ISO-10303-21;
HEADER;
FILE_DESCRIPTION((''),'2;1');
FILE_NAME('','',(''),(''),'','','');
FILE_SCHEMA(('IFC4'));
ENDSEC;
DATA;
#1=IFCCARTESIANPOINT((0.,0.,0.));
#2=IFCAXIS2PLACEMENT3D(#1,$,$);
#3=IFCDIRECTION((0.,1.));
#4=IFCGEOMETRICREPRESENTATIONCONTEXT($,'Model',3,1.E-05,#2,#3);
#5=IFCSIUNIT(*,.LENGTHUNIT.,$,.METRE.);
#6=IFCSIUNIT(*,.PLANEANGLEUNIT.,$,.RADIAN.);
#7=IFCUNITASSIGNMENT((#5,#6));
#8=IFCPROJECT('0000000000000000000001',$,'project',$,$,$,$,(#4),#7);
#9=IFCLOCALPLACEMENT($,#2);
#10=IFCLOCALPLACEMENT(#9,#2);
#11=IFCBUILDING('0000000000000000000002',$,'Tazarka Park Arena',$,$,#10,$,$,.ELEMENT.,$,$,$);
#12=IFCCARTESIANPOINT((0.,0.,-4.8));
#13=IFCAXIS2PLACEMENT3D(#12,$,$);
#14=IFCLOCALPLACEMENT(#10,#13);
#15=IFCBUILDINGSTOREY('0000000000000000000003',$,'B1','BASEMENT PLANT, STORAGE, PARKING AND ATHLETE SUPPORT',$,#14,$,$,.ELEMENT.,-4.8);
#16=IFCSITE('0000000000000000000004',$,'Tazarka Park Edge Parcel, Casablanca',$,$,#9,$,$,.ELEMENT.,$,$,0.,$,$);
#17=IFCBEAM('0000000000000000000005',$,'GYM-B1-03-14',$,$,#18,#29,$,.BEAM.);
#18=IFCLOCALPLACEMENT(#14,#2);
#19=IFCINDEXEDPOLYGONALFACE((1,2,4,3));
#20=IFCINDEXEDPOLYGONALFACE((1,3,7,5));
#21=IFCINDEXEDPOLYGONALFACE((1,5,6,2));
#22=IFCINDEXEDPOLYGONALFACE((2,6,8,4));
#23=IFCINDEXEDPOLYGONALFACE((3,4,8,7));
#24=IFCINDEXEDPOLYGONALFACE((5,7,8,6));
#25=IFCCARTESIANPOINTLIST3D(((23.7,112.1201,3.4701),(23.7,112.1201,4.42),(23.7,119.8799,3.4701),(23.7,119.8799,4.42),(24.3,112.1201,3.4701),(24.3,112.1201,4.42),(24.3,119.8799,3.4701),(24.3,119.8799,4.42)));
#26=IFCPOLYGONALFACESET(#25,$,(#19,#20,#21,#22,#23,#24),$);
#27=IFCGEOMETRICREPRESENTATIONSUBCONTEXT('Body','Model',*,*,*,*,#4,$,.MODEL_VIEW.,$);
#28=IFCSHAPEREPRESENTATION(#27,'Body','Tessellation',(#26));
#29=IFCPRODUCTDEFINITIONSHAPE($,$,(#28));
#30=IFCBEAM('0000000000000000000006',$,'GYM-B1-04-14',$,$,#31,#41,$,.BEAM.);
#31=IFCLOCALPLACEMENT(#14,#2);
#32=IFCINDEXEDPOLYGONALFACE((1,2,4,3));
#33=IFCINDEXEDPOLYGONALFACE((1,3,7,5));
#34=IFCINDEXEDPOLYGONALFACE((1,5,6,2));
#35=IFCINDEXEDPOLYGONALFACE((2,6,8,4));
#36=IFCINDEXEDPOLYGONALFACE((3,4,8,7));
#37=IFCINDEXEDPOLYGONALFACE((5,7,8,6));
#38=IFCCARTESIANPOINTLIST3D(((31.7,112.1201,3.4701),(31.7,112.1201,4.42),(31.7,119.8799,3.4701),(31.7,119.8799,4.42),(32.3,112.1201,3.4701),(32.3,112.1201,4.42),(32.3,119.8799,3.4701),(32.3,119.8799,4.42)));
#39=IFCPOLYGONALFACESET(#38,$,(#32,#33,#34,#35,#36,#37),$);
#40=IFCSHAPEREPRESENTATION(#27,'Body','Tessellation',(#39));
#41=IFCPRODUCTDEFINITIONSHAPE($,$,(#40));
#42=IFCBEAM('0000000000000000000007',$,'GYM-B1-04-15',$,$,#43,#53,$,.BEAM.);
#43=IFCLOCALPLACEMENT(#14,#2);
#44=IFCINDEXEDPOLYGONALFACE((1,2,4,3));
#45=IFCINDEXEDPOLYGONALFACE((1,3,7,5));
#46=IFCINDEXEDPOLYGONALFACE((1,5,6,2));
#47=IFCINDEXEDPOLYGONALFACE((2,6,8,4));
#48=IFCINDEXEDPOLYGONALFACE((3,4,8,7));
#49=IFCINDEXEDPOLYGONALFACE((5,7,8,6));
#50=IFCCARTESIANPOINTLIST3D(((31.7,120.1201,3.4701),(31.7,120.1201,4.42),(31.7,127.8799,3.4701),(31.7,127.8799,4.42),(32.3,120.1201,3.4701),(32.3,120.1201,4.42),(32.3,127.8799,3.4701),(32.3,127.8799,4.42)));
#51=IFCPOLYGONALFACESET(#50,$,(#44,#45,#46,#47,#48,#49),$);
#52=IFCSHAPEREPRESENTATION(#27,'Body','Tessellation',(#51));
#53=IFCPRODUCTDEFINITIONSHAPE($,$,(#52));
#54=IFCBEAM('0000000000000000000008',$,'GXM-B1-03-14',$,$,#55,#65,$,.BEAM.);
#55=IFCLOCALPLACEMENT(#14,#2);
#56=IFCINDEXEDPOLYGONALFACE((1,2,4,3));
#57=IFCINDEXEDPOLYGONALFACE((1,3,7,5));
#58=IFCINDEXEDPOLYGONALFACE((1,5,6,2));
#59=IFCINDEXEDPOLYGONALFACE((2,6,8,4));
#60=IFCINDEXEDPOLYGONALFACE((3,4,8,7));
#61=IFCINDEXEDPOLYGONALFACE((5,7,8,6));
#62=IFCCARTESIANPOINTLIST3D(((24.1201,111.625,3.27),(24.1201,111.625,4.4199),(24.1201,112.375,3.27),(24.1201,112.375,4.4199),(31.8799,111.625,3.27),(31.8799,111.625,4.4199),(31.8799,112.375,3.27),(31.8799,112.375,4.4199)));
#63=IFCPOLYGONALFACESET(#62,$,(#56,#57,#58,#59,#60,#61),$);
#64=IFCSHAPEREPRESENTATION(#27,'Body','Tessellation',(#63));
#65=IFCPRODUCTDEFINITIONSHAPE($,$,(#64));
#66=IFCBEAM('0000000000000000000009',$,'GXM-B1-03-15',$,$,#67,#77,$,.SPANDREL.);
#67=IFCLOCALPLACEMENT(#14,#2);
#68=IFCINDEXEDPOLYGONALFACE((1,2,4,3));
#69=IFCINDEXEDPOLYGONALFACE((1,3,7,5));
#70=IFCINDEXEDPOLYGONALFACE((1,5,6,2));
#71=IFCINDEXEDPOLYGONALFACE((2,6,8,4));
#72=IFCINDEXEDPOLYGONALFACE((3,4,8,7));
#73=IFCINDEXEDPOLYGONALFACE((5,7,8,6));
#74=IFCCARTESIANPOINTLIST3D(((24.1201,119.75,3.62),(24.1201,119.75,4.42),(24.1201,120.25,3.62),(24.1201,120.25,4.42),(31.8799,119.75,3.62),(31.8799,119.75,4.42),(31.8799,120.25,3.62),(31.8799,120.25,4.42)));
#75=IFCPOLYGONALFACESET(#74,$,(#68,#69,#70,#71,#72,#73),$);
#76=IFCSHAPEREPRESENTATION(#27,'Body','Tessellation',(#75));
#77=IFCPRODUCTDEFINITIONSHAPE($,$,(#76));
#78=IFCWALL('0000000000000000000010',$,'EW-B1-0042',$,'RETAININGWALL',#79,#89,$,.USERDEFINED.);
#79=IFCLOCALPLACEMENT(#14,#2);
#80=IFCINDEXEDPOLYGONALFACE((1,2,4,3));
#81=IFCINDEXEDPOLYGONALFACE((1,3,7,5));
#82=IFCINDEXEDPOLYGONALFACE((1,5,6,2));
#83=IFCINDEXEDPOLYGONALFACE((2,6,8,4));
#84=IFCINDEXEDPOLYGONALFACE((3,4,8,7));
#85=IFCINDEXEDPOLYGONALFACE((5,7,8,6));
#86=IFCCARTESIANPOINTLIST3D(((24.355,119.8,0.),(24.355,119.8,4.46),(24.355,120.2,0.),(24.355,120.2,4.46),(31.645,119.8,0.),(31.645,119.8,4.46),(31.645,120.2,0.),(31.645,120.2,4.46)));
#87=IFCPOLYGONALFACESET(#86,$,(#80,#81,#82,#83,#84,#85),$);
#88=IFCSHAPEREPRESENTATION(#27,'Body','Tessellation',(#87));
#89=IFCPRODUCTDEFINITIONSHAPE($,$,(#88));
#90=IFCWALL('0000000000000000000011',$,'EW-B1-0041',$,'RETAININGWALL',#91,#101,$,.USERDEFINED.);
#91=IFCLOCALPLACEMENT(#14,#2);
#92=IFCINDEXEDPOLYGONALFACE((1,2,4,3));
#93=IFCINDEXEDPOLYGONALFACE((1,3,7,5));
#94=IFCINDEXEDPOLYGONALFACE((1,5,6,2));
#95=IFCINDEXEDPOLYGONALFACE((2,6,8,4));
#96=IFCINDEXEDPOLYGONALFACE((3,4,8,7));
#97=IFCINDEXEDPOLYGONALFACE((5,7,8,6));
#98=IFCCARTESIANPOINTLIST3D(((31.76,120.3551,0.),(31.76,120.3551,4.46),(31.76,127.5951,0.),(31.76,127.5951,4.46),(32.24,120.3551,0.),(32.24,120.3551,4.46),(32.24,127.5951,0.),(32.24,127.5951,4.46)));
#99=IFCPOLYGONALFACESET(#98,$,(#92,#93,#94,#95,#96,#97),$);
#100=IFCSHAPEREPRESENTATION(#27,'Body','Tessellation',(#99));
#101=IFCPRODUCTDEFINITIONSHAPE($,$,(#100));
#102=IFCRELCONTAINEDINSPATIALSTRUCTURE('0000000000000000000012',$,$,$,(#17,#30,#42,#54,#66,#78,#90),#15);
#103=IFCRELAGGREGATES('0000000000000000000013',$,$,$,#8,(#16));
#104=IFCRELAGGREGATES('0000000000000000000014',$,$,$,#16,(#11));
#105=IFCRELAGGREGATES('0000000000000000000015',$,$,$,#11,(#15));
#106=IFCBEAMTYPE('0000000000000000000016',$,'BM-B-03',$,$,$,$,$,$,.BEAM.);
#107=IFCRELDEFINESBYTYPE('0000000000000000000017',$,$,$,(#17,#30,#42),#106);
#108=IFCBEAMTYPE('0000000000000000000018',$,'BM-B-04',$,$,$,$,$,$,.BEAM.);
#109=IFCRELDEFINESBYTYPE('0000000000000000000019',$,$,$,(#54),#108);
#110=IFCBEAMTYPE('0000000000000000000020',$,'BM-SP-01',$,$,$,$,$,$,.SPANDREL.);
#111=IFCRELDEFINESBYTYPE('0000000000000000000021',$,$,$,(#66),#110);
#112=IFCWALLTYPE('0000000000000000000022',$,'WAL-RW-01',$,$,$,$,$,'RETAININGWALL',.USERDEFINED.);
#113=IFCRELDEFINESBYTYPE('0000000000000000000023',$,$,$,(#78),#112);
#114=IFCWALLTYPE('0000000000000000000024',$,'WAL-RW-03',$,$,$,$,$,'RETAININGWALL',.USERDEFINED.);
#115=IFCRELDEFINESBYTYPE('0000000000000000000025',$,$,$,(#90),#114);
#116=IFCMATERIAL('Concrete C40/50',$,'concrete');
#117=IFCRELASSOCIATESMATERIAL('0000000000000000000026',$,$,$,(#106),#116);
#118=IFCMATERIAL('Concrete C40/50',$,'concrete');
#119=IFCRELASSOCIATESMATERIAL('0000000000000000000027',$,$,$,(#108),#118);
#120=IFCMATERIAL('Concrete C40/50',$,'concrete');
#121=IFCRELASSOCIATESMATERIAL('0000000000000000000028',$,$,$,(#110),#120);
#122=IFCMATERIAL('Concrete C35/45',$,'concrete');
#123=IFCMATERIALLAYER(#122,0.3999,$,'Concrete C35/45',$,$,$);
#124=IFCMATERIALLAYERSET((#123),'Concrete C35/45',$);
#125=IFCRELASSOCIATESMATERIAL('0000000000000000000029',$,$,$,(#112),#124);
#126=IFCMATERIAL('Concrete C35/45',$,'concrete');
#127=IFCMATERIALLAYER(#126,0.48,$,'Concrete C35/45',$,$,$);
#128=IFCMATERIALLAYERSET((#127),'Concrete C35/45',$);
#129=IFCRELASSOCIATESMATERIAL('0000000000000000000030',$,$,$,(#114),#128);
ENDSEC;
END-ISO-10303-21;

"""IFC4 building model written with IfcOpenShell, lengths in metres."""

from ifc_helpers import new_model, si_unit, direction, frame, frame_2d, origin, origin_2d, place, context, subcontext, project, spatial, rectangle, extrude, material, layer, layer_set, material_profile, profile_set, type_object, element, save


model = new_model("IFC4")

# Units and contexts
model_context = context("Model", 3, precision=1e-05, world=origin(), true_north=direction((0.0, 1.0)))
body_context = subcontext(model_context, "Body", "Model", "MODEL_VIEW")
ifc_project = project(units=[si_unit("LENGTHUNIT", "METRE"), si_unit("PLANEANGLEUNIT", "RADIAN")], contexts=[model_context])

# Site, building, storey
site_placement = place(None, origin())
site = spatial("IfcSite", under=ifc_project, at=site_placement, Name="Tazarka Park Edge Parcel, Casablanca", CompositionType="ELEMENT", RefElevation=0.0)
building_placement = place(site_placement, origin())
building = spatial("IfcBuilding", under=site, at=building_placement, Name="Tazarka Park Arena", CompositionType="ELEMENT")
storey_placement = place(building_placement, frame((0.0, 0.0, -4.8)))
storey = spatial("IfcBuildingStorey", under=building, at=storey_placement, Name="B1", Description="BASEMENT PLANT, STORAGE, PARKING AND ATHLETE SUPPORT", CompositionType="ELEMENT", Elevation=-4.8)

# Beams
ifc_material_1 = material(Name="Concrete C40/50", Category="concrete")
ifc_material_profile_1 = material_profile(ifc_material_1, rectangle(XDim=0.6001, YDim=0.95, at=origin_2d()), Name="Concrete C40/50")
ifc_profile_set_1 = profile_set([ifc_material_profile_1], Name="Concrete C40/50")
beam_type_1 = type_object("IfcBeamType", Name="BM-B-03", PredefinedType="BEAM", material=ifc_profile_set_1)
for number, where, z_axis, x_axis, name in (
    (1, (24.0, 112.1201, 3.9451), (0.0, 1.0, 0.0), (-1.0, 0.0, 0.0), "GYM-B1-03-14"),
    (2, (32.0, 112.1201, 3.9451), (0.0, 1.0, 0.0), (-1.0, 0.0, 0.0), "GYM-B1-04-14"),
    (3, (32.0, 120.1201, 3.9451), (0.0, 1.0, 0.0), (-1.0, 0.0, 0.0), "GYM-B1-04-15"),
):
    element("IfcBeam", number, at=place(storey_placement, frame(where, z_axis=z_axis, x_axis=x_axis)), inside=storey, type_object=beam_type_1, Name=name, PredefinedType="BEAM", context=body_context, shape_type="SweptSolid", body=[
        extrude(rectangle(XDim=0.6001, YDim=0.95, at=origin_2d()), origin(), (0.0, 0.0, 1.0), 7.7598),
    ])
ifc_material_2 = material(Name="Concrete C40/50", Category="concrete")
ifc_material_profile_2 = material_profile(ifc_material_2, rectangle(XDim=0.75, YDim=1.1499, at=origin_2d()), Name="Concrete C40/50")
ifc_profile_set_2 = profile_set([ifc_material_profile_2], Name="Concrete C40/50")
beam_type_2 = type_object("IfcBeamType", Name="BM-B-04", PredefinedType="BEAM", material=ifc_profile_set_2)
beam_1_placement = place(storey_placement, frame((24.1201, 112.0, 3.845), z_axis=(1.0, 0.0, 0.0), x_axis=(0.0, 1.0, 0.0)))
element("IfcBeam", 4, at=beam_1_placement, inside=storey, type_object=beam_type_2, Name="GXM-B1-03-14", PredefinedType="BEAM", context=body_context, shape_type="SweptSolid", body=[
    extrude(rectangle(XDim=0.75, YDim=1.1499, at=origin_2d()), origin(), (0.0, 0.0, 1.0), 7.7598),
])
ifc_material_3 = material(Name="Concrete C40/50", Category="concrete")
ifc_material_profile_3 = material_profile(ifc_material_3, rectangle(XDim=0.5, YDim=0.8, at=origin_2d()), Name="Concrete C40/50")
ifc_profile_set_3 = profile_set([ifc_material_profile_3], Name="Concrete C40/50")
beam_type_3 = type_object("IfcBeamType", Name="BM-SP-01", PredefinedType="SPANDREL", material=ifc_profile_set_3)
beam_2_placement = place(storey_placement, frame((24.1201, 120.0, 4.02), z_axis=(1.0, 0.0, 0.0), x_axis=(0.0, 1.0, 0.0)))
element("IfcBeam", 5, at=beam_2_placement, inside=storey, type_object=beam_type_3, Name="GXM-B1-03-15", PredefinedType="SPANDREL", context=body_context, shape_type="SweptSolid", body=[
    extrude(rectangle(XDim=0.5, YDim=0.8, at=origin_2d()), origin(), (0.0, 0.0, 1.0), 7.7598),
])

# Walls
ifc_material_4 = material(Name="Concrete C35/45", Category="concrete")
ifc_layer_1 = layer(ifc_material_4, 0.3999, Name="Concrete C35/45")
ifc_layer_set_1 = layer_set([ifc_layer_1], Name="Concrete C35/45")
wall_type_1 = type_object("IfcWallType", Name="WAL-RW-01", ElementType="RETAININGWALL", PredefinedType="USERDEFINED", material=ifc_layer_set_1)
wall_1_placement = place(storey_placement, frame((24.355, 120.0, 0.0), z_axis=(0.0, 0.0, 1.0), x_axis=(1.0, 0.0, 0.0)))
element("IfcWall", 6, at=wall_1_placement, inside=storey, type_object=wall_type_1, Name="EW-B1-0042", ObjectType="RETAININGWALL", PredefinedType="USERDEFINED", context=body_context, shape_type="SweptSolid", body=[
    extrude(rectangle(XDim=7.29, YDim=0.3999, at=frame_2d((3.645, 0.0))), origin(), (0.0, 0.0, 1.0), 4.46),
])
ifc_material_5 = material(Name="Concrete C35/45", Category="concrete")
ifc_layer_2 = layer(ifc_material_5, 0.48, Name="Concrete C35/45")
ifc_layer_set_2 = layer_set([ifc_layer_2], Name="Concrete C35/45")
wall_type_2 = type_object("IfcWallType", Name="WAL-RW-03", ElementType="RETAININGWALL", PredefinedType="USERDEFINED", material=ifc_layer_set_2)
wall_2_placement = place(storey_placement, frame((32.0, 120.355, 0.0), z_axis=(0.0, 0.0, 1.0), x_axis=(0.0, 1.0, 0.0)))
element("IfcWall", 7, at=wall_2_placement, inside=storey, type_object=wall_type_2, Name="EW-B1-0041", ObjectType="RETAININGWALL", PredefinedType="USERDEFINED", context=body_context, shape_type="SweptSolid", body=[
    extrude(rectangle(XDim=7.24, YDim=0.48, at=frame_2d((3.6201, 0.0))), origin(), (0.0, 0.0, 1.0), 4.46),
])

save(model, "model.ifc")
